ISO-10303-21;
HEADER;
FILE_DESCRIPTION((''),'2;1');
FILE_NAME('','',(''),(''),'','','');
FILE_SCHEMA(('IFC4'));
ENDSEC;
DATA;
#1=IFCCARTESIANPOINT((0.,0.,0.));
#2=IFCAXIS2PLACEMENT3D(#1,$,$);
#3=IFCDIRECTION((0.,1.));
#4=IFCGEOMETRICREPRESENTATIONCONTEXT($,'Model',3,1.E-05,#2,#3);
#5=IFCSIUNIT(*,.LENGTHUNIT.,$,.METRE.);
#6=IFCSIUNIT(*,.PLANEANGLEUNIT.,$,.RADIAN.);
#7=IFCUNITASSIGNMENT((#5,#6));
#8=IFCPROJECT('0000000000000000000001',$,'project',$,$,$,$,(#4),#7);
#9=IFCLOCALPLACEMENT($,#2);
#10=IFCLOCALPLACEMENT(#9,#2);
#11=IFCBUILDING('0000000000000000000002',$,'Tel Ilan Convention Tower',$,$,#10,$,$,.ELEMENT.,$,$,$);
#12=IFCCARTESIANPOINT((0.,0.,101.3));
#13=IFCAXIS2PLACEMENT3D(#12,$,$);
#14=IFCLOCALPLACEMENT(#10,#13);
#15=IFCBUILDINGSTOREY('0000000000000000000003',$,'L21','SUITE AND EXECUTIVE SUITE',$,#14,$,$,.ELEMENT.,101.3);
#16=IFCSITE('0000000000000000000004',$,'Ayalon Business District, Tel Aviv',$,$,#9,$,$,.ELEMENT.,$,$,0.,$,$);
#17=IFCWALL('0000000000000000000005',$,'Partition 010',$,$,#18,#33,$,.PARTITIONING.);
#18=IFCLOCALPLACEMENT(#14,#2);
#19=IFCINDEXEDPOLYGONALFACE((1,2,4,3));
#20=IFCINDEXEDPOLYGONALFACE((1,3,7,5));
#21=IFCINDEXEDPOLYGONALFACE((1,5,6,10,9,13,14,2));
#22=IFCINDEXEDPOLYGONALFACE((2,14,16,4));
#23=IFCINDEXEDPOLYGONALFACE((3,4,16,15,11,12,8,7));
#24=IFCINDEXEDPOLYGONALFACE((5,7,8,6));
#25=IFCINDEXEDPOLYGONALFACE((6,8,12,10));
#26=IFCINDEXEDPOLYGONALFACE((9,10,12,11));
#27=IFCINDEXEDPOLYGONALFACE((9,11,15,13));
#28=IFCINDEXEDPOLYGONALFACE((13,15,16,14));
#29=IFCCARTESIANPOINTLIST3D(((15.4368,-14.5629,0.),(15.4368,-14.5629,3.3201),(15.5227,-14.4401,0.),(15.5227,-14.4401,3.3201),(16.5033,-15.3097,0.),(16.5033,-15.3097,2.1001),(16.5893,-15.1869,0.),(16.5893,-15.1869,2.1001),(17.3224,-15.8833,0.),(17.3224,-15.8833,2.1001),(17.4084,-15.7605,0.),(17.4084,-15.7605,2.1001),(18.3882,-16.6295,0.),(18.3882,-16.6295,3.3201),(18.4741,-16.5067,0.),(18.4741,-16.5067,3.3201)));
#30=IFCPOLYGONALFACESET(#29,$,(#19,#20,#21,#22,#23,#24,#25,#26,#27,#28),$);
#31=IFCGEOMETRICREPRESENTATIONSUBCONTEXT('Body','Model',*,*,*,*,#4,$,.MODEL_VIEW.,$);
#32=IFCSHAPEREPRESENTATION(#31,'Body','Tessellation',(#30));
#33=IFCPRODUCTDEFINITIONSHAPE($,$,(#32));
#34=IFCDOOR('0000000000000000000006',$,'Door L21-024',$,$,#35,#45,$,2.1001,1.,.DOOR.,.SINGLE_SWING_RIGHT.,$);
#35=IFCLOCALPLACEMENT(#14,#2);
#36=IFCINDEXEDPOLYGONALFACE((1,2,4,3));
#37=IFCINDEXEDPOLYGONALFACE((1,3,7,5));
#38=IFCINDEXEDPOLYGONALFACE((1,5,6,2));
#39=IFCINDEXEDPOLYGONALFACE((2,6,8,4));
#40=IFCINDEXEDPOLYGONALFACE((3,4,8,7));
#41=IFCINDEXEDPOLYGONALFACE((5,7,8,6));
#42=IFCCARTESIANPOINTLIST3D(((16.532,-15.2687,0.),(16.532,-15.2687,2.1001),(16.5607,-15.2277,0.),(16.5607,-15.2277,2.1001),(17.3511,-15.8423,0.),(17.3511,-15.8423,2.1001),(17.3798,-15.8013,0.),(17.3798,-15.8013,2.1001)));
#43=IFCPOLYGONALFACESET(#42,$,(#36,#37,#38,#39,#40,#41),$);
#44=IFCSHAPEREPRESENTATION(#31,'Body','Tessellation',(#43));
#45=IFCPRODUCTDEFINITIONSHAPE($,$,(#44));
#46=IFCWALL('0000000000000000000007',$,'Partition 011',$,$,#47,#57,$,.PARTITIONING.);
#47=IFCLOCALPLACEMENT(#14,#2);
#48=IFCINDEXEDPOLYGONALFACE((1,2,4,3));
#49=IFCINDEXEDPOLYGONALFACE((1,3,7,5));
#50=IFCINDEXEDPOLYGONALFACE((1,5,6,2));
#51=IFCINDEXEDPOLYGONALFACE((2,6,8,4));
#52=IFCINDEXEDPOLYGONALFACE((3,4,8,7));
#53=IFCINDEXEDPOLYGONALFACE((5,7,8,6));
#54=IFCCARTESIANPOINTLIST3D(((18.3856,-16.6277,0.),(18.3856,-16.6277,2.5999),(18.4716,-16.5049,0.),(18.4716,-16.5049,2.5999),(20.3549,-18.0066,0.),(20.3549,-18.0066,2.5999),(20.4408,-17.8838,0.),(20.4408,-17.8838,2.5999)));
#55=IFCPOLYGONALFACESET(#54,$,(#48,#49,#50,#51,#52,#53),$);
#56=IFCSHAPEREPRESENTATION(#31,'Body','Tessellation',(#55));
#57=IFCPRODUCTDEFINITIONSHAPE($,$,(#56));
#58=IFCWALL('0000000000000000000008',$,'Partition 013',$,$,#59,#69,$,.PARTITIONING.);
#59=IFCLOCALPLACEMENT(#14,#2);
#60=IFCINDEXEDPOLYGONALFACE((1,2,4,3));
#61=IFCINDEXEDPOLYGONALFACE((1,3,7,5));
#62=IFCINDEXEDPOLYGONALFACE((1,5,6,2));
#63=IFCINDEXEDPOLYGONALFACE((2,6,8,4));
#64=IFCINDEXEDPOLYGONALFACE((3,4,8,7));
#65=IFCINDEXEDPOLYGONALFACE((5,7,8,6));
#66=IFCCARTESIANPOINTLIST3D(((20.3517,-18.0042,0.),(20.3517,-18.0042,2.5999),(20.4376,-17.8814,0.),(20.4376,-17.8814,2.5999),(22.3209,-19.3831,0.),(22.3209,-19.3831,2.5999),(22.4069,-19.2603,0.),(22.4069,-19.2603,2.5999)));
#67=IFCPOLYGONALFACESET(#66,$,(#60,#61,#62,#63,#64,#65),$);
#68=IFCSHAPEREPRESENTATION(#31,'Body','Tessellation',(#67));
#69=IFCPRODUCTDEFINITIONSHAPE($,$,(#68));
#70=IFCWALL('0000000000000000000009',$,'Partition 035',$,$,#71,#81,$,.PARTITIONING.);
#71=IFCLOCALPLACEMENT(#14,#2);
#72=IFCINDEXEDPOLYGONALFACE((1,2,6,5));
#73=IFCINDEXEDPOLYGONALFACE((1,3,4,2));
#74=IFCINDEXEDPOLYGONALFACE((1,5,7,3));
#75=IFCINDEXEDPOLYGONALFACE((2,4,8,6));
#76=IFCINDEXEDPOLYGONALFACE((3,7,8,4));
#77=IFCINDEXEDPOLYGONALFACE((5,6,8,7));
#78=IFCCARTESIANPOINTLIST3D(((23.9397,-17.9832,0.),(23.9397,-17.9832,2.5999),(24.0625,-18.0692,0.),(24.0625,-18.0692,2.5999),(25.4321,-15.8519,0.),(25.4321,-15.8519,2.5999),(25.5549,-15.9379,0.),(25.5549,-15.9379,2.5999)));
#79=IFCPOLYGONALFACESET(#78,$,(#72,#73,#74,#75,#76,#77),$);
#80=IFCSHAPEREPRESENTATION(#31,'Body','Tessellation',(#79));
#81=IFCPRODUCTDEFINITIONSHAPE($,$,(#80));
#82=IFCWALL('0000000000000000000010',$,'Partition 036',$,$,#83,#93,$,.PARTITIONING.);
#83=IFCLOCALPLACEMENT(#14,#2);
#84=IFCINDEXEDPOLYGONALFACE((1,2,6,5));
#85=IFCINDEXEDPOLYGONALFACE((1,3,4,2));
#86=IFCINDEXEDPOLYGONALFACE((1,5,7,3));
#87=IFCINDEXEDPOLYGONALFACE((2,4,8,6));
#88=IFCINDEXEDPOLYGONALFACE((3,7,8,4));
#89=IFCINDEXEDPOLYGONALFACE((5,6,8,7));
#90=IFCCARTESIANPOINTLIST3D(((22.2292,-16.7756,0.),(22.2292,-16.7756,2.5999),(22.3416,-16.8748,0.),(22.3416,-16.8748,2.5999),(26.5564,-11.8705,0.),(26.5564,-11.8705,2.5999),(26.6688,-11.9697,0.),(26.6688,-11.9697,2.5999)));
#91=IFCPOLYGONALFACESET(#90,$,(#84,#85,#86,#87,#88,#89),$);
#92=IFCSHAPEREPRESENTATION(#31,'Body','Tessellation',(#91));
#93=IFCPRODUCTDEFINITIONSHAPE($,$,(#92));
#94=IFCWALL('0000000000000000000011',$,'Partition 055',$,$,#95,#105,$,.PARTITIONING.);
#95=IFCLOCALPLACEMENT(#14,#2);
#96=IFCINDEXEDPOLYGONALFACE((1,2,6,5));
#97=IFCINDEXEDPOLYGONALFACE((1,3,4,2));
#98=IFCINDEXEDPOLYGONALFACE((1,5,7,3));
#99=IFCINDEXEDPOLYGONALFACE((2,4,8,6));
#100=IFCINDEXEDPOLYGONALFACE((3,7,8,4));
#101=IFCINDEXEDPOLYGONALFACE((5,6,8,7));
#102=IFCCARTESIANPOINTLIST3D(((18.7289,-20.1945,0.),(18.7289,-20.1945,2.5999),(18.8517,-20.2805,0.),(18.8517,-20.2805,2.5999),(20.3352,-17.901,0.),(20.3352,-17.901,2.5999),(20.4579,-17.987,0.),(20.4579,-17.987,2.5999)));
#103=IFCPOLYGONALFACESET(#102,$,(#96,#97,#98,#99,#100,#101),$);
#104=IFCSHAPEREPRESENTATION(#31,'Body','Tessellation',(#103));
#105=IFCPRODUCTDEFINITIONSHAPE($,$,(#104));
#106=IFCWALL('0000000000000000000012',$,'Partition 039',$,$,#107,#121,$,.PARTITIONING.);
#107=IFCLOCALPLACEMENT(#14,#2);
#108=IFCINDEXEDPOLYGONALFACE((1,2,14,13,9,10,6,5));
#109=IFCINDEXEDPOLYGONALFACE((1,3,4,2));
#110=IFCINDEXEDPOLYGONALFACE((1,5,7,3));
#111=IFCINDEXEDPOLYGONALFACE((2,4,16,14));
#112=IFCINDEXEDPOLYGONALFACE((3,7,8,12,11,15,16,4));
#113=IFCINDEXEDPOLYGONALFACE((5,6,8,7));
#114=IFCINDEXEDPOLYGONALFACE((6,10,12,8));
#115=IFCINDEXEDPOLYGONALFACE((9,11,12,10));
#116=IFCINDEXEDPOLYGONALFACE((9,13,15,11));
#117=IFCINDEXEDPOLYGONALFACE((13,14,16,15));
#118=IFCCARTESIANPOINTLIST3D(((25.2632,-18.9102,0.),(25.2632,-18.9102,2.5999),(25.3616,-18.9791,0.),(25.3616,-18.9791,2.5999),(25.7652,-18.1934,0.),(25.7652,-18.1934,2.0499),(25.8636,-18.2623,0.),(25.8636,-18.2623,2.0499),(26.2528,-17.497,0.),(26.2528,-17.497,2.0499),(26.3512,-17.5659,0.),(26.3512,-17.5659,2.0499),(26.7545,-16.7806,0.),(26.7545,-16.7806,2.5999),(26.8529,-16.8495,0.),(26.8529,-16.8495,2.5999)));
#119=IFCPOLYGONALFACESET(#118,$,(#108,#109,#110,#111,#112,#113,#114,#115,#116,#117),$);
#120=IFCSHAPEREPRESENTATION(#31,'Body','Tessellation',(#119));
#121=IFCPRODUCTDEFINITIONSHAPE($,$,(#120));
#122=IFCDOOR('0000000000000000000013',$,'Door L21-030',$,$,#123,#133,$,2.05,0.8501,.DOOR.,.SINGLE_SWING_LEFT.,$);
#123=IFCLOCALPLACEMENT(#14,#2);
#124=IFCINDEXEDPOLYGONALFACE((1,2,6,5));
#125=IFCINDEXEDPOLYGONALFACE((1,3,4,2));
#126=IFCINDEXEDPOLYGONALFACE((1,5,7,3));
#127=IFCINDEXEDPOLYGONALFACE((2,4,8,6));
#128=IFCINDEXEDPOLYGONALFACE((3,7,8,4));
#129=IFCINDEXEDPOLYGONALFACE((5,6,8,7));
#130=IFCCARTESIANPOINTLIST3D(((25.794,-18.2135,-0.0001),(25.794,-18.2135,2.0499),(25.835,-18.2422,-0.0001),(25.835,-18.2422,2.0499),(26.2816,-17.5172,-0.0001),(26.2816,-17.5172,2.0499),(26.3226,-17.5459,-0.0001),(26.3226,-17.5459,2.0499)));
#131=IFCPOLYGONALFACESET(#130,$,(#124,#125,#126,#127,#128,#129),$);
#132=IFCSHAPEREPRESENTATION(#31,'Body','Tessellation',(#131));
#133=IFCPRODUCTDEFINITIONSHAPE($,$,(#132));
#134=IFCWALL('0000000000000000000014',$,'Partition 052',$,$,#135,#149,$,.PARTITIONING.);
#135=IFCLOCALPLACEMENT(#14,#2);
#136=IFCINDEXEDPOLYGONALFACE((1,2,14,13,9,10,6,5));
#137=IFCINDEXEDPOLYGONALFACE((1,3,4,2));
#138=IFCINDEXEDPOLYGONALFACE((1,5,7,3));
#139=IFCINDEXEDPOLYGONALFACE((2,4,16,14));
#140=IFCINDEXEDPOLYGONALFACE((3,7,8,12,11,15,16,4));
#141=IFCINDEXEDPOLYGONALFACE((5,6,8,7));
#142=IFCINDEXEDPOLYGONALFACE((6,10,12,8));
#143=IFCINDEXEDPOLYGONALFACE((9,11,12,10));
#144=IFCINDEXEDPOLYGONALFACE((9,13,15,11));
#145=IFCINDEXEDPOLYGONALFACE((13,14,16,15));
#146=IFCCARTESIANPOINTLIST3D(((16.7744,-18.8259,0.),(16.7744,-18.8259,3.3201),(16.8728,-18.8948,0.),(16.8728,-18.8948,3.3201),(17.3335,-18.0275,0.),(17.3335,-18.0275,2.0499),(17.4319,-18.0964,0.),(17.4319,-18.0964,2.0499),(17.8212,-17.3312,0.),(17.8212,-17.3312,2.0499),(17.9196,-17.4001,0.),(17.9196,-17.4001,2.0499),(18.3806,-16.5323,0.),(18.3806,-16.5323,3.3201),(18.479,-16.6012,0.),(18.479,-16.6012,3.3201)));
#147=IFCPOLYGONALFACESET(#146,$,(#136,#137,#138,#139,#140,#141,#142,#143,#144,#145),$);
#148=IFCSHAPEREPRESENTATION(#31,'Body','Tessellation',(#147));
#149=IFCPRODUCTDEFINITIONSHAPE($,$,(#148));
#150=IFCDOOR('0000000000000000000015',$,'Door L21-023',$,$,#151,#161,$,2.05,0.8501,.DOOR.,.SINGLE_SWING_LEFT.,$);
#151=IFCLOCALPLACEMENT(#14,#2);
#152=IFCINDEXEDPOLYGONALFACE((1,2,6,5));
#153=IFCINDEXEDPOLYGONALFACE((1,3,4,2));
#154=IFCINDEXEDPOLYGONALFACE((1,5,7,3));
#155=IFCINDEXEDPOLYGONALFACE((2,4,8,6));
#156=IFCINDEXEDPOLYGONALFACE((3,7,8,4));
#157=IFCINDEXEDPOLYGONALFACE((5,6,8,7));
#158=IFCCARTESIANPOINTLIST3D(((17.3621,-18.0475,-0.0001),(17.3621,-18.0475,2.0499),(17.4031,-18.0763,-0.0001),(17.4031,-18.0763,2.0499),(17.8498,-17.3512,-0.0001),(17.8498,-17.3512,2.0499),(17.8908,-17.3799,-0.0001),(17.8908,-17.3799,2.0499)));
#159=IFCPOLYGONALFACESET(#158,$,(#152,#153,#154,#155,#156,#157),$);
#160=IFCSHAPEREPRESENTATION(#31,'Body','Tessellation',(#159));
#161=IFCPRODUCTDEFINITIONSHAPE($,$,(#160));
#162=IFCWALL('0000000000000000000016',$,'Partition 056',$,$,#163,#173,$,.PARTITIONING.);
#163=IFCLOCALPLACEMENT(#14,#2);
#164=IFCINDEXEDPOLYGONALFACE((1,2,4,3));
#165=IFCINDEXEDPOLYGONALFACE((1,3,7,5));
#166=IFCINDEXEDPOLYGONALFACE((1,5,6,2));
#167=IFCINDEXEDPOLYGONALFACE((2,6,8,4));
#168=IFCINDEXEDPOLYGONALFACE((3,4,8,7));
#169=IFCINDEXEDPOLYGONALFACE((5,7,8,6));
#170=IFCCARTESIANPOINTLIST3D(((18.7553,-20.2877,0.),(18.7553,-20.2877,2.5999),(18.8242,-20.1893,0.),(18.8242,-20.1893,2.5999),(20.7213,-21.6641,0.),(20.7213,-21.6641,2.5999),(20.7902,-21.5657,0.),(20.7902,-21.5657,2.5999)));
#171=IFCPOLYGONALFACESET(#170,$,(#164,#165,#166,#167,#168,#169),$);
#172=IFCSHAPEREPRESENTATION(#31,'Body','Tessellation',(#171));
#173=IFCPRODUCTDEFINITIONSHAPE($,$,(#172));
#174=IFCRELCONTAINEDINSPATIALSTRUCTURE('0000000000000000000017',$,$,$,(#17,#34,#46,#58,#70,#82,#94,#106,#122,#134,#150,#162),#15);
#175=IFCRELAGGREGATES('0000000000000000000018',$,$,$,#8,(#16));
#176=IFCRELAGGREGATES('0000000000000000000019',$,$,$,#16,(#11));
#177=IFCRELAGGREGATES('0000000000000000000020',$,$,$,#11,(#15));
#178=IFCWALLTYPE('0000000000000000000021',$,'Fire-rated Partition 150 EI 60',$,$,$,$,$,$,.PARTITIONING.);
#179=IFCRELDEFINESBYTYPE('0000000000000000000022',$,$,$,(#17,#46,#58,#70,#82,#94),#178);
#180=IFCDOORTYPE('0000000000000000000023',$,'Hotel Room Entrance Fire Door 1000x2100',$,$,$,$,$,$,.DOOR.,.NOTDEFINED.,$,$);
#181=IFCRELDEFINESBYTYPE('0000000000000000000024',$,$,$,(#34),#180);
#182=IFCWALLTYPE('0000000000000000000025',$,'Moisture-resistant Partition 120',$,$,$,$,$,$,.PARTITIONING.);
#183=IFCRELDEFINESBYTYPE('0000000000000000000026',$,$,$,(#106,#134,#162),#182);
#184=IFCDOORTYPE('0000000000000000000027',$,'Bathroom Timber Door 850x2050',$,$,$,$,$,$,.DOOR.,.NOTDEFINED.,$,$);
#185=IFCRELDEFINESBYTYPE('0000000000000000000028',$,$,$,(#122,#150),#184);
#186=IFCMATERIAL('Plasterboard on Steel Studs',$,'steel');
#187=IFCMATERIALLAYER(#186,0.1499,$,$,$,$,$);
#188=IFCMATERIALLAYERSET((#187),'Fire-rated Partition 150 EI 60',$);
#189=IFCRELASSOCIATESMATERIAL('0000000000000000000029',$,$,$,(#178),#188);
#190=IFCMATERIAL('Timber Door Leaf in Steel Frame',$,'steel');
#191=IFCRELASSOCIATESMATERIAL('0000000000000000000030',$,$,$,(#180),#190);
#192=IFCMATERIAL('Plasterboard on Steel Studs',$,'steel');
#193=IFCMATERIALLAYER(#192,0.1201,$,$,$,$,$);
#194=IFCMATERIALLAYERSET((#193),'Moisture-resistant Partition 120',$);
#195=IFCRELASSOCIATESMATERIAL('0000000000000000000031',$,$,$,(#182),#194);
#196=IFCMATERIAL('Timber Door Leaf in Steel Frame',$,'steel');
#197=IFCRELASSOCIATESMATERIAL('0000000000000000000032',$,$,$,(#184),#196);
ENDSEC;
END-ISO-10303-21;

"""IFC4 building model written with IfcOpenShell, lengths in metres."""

from ifc_helpers import new_model, si_unit, direction, frame, frame_2d, origin, place, context, subcontext, project, spatial, rectangle, extrude, material, layer, layer_set, type_object, element, fill, save


model = new_model("IFC4")

# Units and contexts
model_context = context("Model", 3, precision=1e-05, world=origin(), true_north=direction((0.0, 1.0)))
body_context = subcontext(model_context, "Body", "Model", "MODEL_VIEW")
ifc_project = project(units=[si_unit("LENGTHUNIT", "METRE"), si_unit("PLANEANGLEUNIT", "RADIAN")], contexts=[model_context])

# Site, building, storey
site_placement = place(None, origin())
site = spatial("IfcSite", under=ifc_project, at=site_placement, Name="Ayalon Business District, Tel Aviv", CompositionType="ELEMENT", RefElevation=0.0)
building_placement = place(site_placement, origin())
building = spatial("IfcBuilding", under=site, at=building_placement, Name="Tel Ilan Convention Tower", CompositionType="ELEMENT")
storey_placement = place(building_placement, frame((0.0, 0.0, 101.3)))
storey = spatial("IfcBuildingStorey", under=building, at=storey_placement, Name="L21", Description="SUITE AND EXECUTIVE SUITE", CompositionType="ELEMENT", Elevation=101.3)

# Shared definitions
ifc_material_1 = material(Name="Plasterboard on Steel Studs", Category="steel")
ifc_layer_1 = layer(ifc_material_1, 0.1499)
ifc_layer_set_1 = layer_set([ifc_layer_1], Name="Fire-rated Partition 150 EI 60")
wall_type_1 = type_object("IfcWallType", Name="Fire-rated Partition 150 EI 60", PredefinedType="PARTITIONING", material=ifc_layer_set_1)
ifc_material_2 = material(Name="Timber Door Leaf in Steel Frame", Category="steel")
door_type_1 = type_object("IfcDoorType", Name="Hotel Room Entrance Fire Door 1000x2100", OperationType="NOTDEFINED", PredefinedType="DOOR", material=ifc_material_2)

# Wall, opening, door
wall_1_placement = place(storey_placement, frame((18.4312, -16.5681, 0.0), z_axis=(0.0, 0.0, 1.0), x_axis=(-0.819146, 0.573585, 0.0)))
wall_1 = element("IfcWall", 1, at=wall_1_placement, inside=storey, type_object=wall_type_1, Name="Partition 010", PredefinedType="PARTITIONING", context=body_context, shape_type="SweptSolid", body=[
    extrude(rectangle(XDim=3.603, YDim=0.1499, at=frame_2d((1.8015, 0.0))), origin(), (0.0, 0.0, 1.0), 3.3201),
])
opening_1_placement = place(wall_1_placement, frame((1.301, 0.0, 0.0)))
opening_1 = element("IfcOpeningElement", 2, at=opening_1_placement, cuts=wall_1, PredefinedType="OPENING", context=body_context, shape_type="SweptSolid", body=[
    extrude(rectangle(XDim=1.0, YDim=2.1001, at=frame_2d((0.5, 1.05))), frame((0.0, 0.085, 0.0), z_axis=(0.0, -1.0, 0.0), x_axis=(1.0, 0.0, 0.0)), (0.0, 0.0, 1.0), 0.1699),
])
door_1_placement = place(opening_1_placement, origin())
door_1 = element("IfcDoor", 3, at=door_1_placement, inside=storey, type_object=door_type_1, Name="Door L21-024", OperationType="SINGLE_SWING_RIGHT", OverallHeight=2.1001, OverallWidth=1.0, PredefinedType="DOOR", context=body_context, shape_type="SweptSolid", body=[
    extrude(rectangle(XDim=1.0, YDim=2.1001, at=frame_2d((0.5, 1.05))), frame((0.0, 0.0249, 0.0), z_axis=(0.0, -1.0, 0.0), x_axis=(1.0, 0.0, 0.0)), (0.0, 0.0, 1.0), 0.05),
])
fill(opening_1, door_1)

# Walls
for number, where, z_axis, x_axis, name in (
    (4, (20.3979, -17.9453, 0.0), (0.0, 0.0, 1.0), (-0.819146, 0.573585, 0.0), "Partition 011"),
    (5, (22.364, -19.3218, 0.0), (0.0, 0.0, 1.0), (-0.819146, 0.573585, 0.0), "Partition 013"),
):
    element("IfcWall", number, at=place(storey_placement, frame(where, z_axis=z_axis, x_axis=x_axis)), inside=storey, type_object=wall_type_1, Name=name, PredefinedType="PARTITIONING", context=body_context, shape_type="SweptSolid", body=[
        extrude(rectangle(XDim=2.4041, YDim=0.1499, at=frame_2d((1.2021, 0.0))), origin(), (0.0, 0.0, 1.0), 2.5999),
    ])
wall_2_placement = place(storey_placement, frame((25.4934, -15.895, 0.0), z_axis=(0.0, 0.0, 1.0), x_axis=(-0.573588, -0.819144, 0.0)))
element("IfcWall", 6, at=wall_2_placement, inside=storey, type_object=wall_type_1, Name="Partition 035", PredefinedType="PARTITIONING", context=body_context, shape_type="SweptSolid", body=[
    extrude(rectangle(XDim=2.6018, YDim=0.1499, at=frame_2d((1.3008, 0.0))), origin(), (0.0, 0.0, 1.0), 2.5999),
])
wall_3_placement = place(storey_placement, frame((22.2854, -16.8252, 0.0), z_axis=(0.0, 0.0, 1.0), x_axis=(0.661551, 0.7499, 0.0)))
element("IfcWall", 7, at=wall_3_placement, inside=storey, type_object=wall_type_1, Name="Partition 036", PredefinedType="PARTITIONING", context=body_context, shape_type="SweptSolid", body=[
    extrude(rectangle(XDim=6.541, YDim=0.1499, at=frame_2d((3.2705, 0.0))), origin(), (0.0, 0.0, 1.0), 2.5999),
])
wall_4_placement = place(storey_placement, frame((20.3965, -17.9441, 0.0), z_axis=(0.0, 0.0, 1.0), x_axis=(-0.57365, -0.819101, 0.0)))
element("IfcWall", 8, at=wall_4_placement, inside=storey, type_object=wall_type_1, Name="Partition 055", PredefinedType="PARTITIONING", context=body_context, shape_type="SweptSolid", body=[
    extrude(rectangle(XDim=2.8, YDim=0.1499, at=frame_2d((1.3999, 0.0))), origin(), (0.0, 0.0, 1.0), 2.5999),
])

# Walls, openings, doors
ifc_material_3 = material(Name="Plasterboard on Steel Studs", Category="steel")
ifc_layer_2 = layer(ifc_material_3, 0.1201)
ifc_layer_set_2 = layer_set([ifc_layer_2], Name="Moisture-resistant Partition 120")
wall_type_2 = type_object("IfcWallType", Name="Moisture-resistant Partition 120", PredefinedType="PARTITIONING", material=ifc_layer_set_2)
wall_5_placement = place(storey_placement, frame((25.3125, -18.9446, 0.0), z_axis=(0.0, 0.0, 1.0), x_axis=(0.573582, 0.819148, 0.0)))
wall_5 = element("IfcWall", 9, at=wall_5_placement, inside=storey, type_object=wall_type_2, Name="Partition 039", PredefinedType="PARTITIONING", context=body_context, shape_type="SweptSolid", body=[
    extrude(rectangle(XDim=2.5999, YDim=0.1201, at=frame_2d((1.2998, 0.0))), origin(), (0.0, 0.0, 1.0), 2.5999),
])
opening_2_placement = place(wall_5_placement, frame((0.875, 0.0, 0.0)))
opening_2 = element("IfcOpeningElement", 10, at=opening_2_placement, cuts=wall_5, PredefinedType="OPENING", context=body_context, shape_type="SweptSolid", body=[
    extrude(rectangle(XDim=0.8501, YDim=2.05, at=frame_2d((0.425, 1.0249))), frame((0.0, 0.0701, 0.0), z_axis=(0.0, -1.0, 0.0), x_axis=(1.0, 0.0, 0.0)), (0.0, 0.0, 1.0), 0.1401),
])
ifc_material_4 = material(Name="Timber Door Leaf in Steel Frame", Category="steel")
door_type_2 = type_object("IfcDoorType", Name="Bathroom Timber Door 850x2050", OperationType="NOTDEFINED", PredefinedType="DOOR", material=ifc_material_4)
door_2_placement = place(opening_2_placement, origin())
door_2 = element("IfcDoor", 11, at=door_2_placement, inside=storey, type_object=door_type_2, Name="Door L21-030", OperationType="SINGLE_SWING_LEFT", OverallHeight=2.05, OverallWidth=0.8501, PredefinedType="DOOR", context=body_context, shape_type="SweptSolid", body=[
    extrude(rectangle(XDim=0.8501, YDim=2.05, at=frame_2d((0.425, 1.0249))), frame((0.0, 0.0249, 0.0), z_axis=(0.0, -1.0, 0.0), x_axis=(1.0, 0.0, 0.0)), (0.0, 0.0, 1.0), 0.05),
])
fill(opening_2, door_2)
wall_6_placement = place(storey_placement, frame((18.4297, -16.5669, 0.0), z_axis=(0.0, 0.0, 1.0), x_axis=(-0.573609, -0.81913, 0.0)))
wall_6 = element("IfcWall", 12, at=wall_6_placement, inside=storey, type_object=wall_type_2, Name="Partition 052", PredefinedType="PARTITIONING", context=body_context, shape_type="SweptSolid", body=[
    extrude(rectangle(XDim=2.8, YDim=0.1201, at=frame_2d((1.3999, 0.0))), origin(), (0.0, 0.0, 1.0), 3.3201),
])
opening_3_placement = place(wall_6_placement, frame((0.9751, 0.0, 0.0)))
opening_3 = element("IfcOpeningElement", 13, at=opening_3_placement, cuts=wall_6, PredefinedType="OPENING", context=body_context, shape_type="SweptSolid", body=[
    extrude(rectangle(XDim=0.8501, YDim=2.05, at=frame_2d((0.425, 1.0249))), frame((0.0, 0.0701, 0.0), z_axis=(0.0, -1.0, 0.0), x_axis=(1.0, 0.0, 0.0)), (0.0, 0.0, 1.0), 0.1401),
])
door_3_placement = place(opening_3_placement, origin())
door_3 = element("IfcDoor", 14, at=door_3_placement, inside=storey, type_object=door_type_2, Name="Door L21-023", OperationType="SINGLE_SWING_LEFT", OverallHeight=2.05, OverallWidth=0.8501, PredefinedType="DOOR", context=body_context, shape_type="SweptSolid", body=[
    extrude(rectangle(XDim=0.8501, YDim=2.05, at=frame_2d((0.425, 1.0249))), frame((0.0, 0.0249, 0.0), z_axis=(0.0, -1.0, 0.0), x_axis=(1.0, 0.0, 0.0)), (0.0, 0.0, 1.0), 0.05),
])
fill(opening_3, door_3)

# Wall
wall_7_placement = place(storey_placement, frame((18.7898, -20.2385, 0.0), z_axis=(0.0, 0.0, 1.0), x_axis=(0.819189, -0.573524, 0.0)))
element("IfcWall", 15, at=wall_7_placement, inside=storey, type_object=wall_type_2, Name="Partition 056", PredefinedType="PARTITIONING", context=body_context, shape_type="SweptSolid", body=[
    extrude(rectangle(XDim=2.3999, YDim=0.1201, at=frame_2d((1.2, 0.0))), origin(), (0.0, 0.0, 1.0), 2.5999),
])

save(model, "model.ifc")
